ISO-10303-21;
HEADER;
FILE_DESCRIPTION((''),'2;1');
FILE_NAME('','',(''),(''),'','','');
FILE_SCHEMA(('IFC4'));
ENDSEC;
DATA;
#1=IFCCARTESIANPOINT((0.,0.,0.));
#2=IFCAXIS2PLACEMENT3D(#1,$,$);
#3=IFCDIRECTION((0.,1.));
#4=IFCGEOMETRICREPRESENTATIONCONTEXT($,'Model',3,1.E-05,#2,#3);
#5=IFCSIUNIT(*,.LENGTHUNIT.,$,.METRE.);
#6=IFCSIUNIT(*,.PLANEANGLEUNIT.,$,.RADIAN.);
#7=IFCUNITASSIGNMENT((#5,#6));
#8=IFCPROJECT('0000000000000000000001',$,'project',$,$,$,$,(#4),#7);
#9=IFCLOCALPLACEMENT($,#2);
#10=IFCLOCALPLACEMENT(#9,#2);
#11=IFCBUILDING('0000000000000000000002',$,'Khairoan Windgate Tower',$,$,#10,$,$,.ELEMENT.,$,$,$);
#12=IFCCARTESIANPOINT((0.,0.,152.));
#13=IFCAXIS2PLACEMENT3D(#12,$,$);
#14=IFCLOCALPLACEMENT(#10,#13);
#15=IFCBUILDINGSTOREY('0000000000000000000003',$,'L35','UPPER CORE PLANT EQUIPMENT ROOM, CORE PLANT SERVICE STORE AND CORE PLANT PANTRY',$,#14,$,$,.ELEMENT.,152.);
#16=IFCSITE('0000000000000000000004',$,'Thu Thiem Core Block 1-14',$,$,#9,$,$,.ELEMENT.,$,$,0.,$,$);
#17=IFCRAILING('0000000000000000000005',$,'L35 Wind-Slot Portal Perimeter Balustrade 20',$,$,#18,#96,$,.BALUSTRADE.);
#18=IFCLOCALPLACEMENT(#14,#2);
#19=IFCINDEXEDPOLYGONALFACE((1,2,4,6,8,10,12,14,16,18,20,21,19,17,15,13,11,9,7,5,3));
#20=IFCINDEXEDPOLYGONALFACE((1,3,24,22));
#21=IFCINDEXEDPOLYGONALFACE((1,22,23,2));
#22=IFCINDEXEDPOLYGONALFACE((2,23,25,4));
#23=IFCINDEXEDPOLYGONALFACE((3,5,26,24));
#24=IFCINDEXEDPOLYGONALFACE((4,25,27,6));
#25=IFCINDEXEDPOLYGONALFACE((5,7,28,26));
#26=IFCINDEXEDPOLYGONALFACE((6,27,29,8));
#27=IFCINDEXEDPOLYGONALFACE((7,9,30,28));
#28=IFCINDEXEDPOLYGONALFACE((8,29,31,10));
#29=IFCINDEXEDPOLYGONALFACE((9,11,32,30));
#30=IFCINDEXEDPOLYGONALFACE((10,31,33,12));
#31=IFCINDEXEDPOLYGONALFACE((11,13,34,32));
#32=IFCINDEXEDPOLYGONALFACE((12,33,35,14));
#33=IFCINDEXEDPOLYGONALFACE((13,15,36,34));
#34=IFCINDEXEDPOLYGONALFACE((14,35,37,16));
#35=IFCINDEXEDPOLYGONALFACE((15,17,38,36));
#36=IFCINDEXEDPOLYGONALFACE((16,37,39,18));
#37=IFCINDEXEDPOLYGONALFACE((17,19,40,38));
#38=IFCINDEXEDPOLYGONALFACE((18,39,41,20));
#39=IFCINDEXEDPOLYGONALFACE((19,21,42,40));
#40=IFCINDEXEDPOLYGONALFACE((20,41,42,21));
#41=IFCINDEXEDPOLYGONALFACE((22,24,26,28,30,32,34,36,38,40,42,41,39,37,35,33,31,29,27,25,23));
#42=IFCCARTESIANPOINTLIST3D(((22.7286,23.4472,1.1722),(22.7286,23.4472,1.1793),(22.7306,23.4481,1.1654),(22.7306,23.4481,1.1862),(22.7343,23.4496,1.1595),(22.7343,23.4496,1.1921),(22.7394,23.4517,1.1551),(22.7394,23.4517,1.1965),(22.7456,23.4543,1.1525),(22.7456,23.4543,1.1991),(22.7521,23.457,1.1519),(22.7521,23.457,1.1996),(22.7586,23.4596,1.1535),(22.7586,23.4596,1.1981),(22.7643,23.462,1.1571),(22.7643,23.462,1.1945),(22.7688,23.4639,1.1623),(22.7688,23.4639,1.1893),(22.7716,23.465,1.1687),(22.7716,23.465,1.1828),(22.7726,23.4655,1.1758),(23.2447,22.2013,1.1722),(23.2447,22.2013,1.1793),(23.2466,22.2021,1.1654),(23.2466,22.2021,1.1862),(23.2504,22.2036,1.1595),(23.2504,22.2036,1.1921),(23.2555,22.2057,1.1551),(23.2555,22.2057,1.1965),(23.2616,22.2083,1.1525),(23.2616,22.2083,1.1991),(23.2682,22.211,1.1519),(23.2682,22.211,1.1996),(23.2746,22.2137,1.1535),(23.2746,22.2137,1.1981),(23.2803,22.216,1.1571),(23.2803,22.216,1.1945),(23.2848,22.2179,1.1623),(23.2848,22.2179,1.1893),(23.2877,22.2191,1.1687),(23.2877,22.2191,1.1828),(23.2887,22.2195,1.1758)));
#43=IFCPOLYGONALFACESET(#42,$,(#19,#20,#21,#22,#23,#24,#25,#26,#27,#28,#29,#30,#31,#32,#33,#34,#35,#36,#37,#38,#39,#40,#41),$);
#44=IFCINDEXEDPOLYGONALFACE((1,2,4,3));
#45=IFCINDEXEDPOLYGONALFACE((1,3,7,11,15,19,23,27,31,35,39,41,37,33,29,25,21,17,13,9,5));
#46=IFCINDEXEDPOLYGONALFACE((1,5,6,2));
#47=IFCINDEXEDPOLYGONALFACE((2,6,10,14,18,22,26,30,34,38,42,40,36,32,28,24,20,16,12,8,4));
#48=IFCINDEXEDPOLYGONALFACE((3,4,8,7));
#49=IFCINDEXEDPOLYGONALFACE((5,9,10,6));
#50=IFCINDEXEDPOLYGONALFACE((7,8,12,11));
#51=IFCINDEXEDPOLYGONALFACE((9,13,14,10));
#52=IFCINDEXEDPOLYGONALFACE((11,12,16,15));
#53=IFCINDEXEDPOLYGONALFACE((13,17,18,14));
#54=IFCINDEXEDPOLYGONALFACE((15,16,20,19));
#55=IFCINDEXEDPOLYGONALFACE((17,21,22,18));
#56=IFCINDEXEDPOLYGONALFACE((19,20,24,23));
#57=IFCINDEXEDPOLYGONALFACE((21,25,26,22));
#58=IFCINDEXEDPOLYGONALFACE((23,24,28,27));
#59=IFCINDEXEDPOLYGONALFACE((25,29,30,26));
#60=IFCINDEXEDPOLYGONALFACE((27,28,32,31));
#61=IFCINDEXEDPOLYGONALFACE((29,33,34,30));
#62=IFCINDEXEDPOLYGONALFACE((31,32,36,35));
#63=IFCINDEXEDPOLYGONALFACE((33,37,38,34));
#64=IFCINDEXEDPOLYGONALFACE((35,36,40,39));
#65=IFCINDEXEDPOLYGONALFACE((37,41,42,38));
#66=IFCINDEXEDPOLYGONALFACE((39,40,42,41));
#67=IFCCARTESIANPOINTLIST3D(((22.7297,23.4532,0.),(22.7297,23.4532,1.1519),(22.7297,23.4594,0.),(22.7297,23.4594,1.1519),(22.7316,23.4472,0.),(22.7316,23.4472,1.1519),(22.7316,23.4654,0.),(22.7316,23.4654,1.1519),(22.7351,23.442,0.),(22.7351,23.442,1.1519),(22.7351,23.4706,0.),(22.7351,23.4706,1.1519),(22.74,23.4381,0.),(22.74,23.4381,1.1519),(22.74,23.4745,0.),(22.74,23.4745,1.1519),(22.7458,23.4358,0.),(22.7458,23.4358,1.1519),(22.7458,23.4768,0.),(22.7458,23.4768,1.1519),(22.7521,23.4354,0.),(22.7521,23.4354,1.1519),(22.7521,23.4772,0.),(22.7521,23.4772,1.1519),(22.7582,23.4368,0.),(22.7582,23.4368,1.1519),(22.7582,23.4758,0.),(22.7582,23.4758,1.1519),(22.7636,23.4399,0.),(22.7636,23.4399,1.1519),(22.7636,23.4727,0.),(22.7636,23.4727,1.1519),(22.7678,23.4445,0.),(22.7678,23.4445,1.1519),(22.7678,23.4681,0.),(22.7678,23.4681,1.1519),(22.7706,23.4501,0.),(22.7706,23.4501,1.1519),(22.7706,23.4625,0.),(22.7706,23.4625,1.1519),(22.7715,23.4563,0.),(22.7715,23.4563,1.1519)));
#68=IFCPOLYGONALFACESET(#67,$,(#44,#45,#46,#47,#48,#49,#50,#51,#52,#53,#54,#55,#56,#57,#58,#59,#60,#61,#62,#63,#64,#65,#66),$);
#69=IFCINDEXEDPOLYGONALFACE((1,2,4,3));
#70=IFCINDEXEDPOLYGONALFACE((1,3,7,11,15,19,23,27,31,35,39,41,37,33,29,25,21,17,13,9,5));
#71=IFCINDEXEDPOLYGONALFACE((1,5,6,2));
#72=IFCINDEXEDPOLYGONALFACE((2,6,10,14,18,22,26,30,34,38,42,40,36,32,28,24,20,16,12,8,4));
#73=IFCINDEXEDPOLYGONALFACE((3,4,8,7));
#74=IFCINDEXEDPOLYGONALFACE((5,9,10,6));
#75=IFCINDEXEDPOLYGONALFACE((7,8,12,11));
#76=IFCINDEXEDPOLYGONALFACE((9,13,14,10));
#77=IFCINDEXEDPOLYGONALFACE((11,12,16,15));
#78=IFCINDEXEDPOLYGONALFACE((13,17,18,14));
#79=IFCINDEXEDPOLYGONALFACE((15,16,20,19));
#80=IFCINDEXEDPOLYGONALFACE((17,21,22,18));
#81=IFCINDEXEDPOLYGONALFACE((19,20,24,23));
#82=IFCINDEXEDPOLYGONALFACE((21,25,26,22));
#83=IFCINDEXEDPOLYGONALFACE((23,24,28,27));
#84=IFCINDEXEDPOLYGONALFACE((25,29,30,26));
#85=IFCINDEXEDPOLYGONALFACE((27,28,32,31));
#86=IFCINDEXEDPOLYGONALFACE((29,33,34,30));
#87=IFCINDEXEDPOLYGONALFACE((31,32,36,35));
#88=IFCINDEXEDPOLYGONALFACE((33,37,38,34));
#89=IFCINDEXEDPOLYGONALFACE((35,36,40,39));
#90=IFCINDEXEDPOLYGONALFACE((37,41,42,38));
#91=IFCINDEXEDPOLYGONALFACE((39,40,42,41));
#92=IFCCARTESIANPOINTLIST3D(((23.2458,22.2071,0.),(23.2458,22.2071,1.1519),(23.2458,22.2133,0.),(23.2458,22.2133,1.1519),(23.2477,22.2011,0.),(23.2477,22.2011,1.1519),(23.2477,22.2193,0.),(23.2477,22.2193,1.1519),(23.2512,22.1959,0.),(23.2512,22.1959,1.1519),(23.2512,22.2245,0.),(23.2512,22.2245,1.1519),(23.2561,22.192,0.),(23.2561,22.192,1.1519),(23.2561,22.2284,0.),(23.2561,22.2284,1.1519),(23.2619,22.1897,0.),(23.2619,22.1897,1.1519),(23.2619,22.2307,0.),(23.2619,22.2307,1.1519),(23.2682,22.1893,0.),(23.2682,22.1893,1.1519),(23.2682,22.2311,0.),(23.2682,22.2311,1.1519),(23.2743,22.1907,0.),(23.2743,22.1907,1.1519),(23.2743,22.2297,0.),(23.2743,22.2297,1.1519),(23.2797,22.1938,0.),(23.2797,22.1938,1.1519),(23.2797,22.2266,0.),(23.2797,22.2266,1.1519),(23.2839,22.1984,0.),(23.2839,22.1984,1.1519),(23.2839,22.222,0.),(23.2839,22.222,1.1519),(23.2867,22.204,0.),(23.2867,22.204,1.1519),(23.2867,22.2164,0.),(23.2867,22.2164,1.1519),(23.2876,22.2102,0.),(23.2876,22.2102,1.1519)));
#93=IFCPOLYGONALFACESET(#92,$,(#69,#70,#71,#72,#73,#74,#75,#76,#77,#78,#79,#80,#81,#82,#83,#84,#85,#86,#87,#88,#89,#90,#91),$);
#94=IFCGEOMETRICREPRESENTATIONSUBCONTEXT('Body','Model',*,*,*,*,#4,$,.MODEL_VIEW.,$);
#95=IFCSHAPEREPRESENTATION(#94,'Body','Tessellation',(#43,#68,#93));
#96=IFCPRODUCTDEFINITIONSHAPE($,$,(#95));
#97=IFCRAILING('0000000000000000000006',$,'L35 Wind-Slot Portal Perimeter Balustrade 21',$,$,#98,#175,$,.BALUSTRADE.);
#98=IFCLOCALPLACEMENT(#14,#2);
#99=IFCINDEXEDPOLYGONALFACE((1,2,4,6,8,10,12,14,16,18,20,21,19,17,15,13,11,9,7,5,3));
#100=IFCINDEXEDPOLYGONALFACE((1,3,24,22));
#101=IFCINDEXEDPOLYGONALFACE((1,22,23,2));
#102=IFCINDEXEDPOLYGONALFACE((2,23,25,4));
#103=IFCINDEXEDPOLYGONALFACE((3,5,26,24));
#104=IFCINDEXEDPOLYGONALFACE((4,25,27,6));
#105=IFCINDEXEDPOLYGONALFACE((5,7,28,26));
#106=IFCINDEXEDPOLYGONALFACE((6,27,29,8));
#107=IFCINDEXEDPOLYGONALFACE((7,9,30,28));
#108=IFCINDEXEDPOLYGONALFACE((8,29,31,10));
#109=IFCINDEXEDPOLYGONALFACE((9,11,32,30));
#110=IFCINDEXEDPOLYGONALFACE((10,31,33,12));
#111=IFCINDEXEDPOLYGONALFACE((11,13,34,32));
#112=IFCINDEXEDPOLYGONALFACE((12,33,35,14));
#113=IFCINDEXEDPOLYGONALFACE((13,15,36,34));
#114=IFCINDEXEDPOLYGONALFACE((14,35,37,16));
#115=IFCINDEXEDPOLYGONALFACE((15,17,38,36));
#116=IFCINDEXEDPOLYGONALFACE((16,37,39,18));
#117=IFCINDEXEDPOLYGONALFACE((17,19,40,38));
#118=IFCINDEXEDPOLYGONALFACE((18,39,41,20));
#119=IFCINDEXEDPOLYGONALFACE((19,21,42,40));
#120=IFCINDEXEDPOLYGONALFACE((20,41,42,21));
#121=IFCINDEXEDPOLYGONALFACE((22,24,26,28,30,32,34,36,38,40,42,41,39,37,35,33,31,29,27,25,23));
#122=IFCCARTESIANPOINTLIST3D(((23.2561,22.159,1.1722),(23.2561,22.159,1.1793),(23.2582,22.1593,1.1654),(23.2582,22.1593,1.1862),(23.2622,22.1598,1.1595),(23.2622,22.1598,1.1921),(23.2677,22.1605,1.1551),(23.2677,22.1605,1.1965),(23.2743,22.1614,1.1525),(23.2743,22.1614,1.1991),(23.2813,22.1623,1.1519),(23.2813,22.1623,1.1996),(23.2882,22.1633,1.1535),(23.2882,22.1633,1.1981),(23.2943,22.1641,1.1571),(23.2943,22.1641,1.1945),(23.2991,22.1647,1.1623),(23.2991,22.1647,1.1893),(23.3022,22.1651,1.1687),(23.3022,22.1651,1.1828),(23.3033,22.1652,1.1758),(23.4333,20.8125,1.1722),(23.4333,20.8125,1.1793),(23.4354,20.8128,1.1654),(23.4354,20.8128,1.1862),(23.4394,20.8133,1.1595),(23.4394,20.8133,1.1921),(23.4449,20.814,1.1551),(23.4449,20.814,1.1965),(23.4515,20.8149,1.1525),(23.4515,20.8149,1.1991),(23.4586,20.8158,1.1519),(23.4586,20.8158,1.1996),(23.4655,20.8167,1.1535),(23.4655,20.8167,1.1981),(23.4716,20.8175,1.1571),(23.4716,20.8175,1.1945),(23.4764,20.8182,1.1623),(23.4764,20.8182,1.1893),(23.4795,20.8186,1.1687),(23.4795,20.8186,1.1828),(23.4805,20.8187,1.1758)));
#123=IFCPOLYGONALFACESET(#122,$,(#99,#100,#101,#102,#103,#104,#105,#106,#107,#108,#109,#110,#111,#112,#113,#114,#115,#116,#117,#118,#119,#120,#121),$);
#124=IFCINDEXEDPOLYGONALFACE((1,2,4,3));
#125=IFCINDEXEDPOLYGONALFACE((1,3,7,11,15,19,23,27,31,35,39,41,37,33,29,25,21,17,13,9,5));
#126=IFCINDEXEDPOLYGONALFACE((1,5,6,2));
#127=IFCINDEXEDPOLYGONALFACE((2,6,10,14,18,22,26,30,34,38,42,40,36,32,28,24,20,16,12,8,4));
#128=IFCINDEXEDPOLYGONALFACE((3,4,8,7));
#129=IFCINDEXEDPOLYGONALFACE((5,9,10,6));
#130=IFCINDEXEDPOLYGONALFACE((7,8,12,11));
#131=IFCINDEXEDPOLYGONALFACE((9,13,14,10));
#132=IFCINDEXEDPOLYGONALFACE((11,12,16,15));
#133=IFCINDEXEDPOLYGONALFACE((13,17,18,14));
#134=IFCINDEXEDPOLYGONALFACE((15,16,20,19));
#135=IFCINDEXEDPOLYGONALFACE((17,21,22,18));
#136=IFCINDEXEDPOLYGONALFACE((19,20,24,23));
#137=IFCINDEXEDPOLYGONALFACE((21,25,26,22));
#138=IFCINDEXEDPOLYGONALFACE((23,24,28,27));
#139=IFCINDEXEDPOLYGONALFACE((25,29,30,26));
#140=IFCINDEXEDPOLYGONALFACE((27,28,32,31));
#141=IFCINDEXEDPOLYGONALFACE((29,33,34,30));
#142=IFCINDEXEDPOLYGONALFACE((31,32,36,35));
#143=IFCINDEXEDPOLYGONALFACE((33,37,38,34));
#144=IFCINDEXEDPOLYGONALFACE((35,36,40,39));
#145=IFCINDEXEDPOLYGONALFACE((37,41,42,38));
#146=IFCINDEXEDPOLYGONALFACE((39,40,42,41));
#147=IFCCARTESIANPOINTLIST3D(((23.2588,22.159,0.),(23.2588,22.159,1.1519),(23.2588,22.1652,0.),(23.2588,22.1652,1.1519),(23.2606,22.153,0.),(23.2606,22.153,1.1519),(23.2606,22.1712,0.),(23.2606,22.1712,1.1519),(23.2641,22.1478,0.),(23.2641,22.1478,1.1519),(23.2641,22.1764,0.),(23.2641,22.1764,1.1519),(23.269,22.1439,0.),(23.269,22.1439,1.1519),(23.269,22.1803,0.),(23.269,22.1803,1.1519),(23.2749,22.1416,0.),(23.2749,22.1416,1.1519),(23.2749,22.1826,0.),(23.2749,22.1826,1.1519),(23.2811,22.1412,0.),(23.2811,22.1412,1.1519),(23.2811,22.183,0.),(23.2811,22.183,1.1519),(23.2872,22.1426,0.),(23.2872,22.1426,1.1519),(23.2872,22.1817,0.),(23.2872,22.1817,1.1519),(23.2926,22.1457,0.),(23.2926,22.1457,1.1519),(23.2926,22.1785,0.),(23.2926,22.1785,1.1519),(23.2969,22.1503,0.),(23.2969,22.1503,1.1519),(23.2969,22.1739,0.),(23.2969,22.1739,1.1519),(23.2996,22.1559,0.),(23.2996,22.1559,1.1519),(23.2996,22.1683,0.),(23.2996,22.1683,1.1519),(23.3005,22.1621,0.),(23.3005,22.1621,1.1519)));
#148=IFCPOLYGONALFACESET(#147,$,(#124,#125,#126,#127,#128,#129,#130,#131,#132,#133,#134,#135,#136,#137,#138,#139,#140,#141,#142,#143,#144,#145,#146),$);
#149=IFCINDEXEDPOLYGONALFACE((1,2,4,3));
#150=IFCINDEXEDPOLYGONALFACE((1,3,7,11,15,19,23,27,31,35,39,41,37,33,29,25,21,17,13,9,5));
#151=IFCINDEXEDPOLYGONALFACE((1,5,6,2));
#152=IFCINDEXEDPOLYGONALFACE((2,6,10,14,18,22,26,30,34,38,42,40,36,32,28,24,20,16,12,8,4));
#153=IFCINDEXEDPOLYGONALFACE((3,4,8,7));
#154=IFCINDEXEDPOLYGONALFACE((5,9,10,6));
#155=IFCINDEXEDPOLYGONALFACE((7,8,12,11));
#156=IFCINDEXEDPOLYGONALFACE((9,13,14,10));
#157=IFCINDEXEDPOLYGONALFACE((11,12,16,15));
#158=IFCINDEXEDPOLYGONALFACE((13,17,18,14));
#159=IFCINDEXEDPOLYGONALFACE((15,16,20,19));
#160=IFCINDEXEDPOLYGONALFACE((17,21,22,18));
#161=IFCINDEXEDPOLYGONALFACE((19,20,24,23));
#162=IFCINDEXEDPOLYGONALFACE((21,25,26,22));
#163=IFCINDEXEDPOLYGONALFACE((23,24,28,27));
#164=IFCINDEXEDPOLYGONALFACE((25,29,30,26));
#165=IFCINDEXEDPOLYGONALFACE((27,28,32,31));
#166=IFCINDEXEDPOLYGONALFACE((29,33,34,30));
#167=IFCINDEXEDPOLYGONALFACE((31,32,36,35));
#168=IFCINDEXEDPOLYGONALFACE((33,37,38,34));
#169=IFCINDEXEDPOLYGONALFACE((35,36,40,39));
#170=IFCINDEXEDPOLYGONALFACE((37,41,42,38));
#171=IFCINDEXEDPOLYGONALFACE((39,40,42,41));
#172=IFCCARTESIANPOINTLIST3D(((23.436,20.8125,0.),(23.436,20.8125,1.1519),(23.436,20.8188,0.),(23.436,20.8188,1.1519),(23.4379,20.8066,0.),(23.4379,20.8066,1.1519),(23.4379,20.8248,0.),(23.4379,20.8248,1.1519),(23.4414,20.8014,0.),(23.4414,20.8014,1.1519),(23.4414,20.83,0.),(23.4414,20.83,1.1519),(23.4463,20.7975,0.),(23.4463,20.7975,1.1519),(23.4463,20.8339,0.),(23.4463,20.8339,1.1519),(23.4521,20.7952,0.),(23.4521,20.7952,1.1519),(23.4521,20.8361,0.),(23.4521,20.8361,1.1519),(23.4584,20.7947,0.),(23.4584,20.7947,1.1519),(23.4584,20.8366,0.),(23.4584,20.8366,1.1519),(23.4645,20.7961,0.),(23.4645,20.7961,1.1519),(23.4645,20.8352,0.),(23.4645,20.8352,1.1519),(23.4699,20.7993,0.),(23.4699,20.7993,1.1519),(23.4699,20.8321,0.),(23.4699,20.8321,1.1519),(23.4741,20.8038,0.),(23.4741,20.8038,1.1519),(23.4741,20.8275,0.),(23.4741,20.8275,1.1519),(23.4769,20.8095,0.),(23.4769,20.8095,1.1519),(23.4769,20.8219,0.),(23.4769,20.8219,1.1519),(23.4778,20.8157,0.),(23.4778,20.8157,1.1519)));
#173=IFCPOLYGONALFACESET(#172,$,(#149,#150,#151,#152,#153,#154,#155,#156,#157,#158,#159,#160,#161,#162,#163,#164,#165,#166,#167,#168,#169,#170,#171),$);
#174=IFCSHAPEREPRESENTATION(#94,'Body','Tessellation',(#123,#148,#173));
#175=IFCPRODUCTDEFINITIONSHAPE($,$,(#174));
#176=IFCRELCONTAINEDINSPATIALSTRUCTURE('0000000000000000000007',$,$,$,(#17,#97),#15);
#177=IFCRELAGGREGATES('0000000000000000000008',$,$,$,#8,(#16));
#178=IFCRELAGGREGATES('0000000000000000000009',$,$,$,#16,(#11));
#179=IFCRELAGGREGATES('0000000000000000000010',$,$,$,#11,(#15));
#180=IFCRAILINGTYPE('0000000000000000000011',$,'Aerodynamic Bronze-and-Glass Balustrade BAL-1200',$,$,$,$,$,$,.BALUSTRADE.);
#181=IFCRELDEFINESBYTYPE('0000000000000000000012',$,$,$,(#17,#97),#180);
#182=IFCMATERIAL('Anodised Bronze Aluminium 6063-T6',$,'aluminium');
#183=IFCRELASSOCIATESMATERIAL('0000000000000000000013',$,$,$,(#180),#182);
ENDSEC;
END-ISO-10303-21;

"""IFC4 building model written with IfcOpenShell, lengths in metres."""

from ifc_helpers import new_model, si_unit, direction, frame, origin, origin_2d, place, context, subcontext, project, spatial, circle, extrude, material, type_object, element, save


model = new_model("IFC4")

# Units and contexts
model_context = context("Model", 3, precision=1e-05, world=origin(), true_north=direction((0.0, 1.0)))
body_context = subcontext(model_context, "Body", "Model", "MODEL_VIEW")
ifc_project = project(units=[si_unit("LENGTHUNIT", "METRE"), si_unit("PLANEANGLEUNIT", "RADIAN")], contexts=[model_context])

# Site, building, storey
site_placement = place(None, origin())
site = spatial("IfcSite", under=ifc_project, at=site_placement, Name="Thu Thiem Core Block 1-14", CompositionType="ELEMENT", RefElevation=0.0)
building_placement = place(site_placement, origin())
building = spatial("IfcBuilding", under=site, at=building_placement, Name="Khairoan Windgate Tower", CompositionType="ELEMENT")
storey_placement = place(building_placement, frame((0.0, 0.0, 152.0)))
storey = spatial("IfcBuildingStorey", under=building, at=storey_placement, Name="L35", Description="UPPER CORE PLANT EQUIPMENT ROOM, CORE PLANT SERVICE STORE AND CORE PLANT PANTRY", CompositionType="ELEMENT", Elevation=152.0)

# Railings
ifc_material_1 = material(Name="Anodised Bronze Aluminium 6063-T6", Category="aluminium")
railing_type = type_object("IfcRailingType", Name="Aerodynamic Bronze-and-Glass Balustrade BAL-1200", PredefinedType="BALUSTRADE", material=ifc_material_1)
railing_1_placement = place(storey_placement, frame((22.7505, 23.4563, 0.0)))
element("IfcRailing", 1, at=railing_1_placement, inside=storey, type_object=railing_type, Name="L35 Wind-Slot Portal Perimeter Balustrade 20", PredefinedType="BALUSTRADE", context=body_context, shape_type="SweptSolid", body=[
    extrude(circle(Radius=0.0239, at=origin_2d()), frame((0.0, 0.0, 1.1758), z_axis=(0.382661, -0.923889, 0.0), x_axis=(0.923889, 0.382661, 0.0)), (0.0, 0.0, 1.0), 1.3486),
    extrude(circle(Radius=0.021, at=origin_2d()), origin(), (0.0, 0.0, 1.0), 1.1519),
    extrude(circle(Radius=0.021, at=origin_2d()), frame((0.5161, -1.2461, 0.0)), (0.0, 0.0, 1.0), 1.1519),
])
railing_2_placement = place(storey_placement, frame((23.2795, 22.1621, 0.0)))
element("IfcRailing", 2, at=railing_2_placement, inside=storey, type_object=railing_type, Name="L35 Wind-Slot Portal Perimeter Balustrade 21", PredefinedType="BALUSTRADE", context=body_context, shape_type="SweptSolid", body=[
    extrude(circle(Radius=0.0239, at=origin_2d()), frame((0.0, 0.0, 1.1758), z_axis=(0.130515, -0.991446, 0.0), x_axis=(0.991446, 0.130515, 0.0)), (0.0, 0.0, 1.0), 1.3582),
    extrude(circle(Radius=0.021, at=origin_2d()), origin(), (0.0, 0.0, 1.0), 1.1519),
    extrude(circle(Radius=0.021, at=origin_2d()), frame((0.1772, -1.3464, 0.0)), (0.0, 0.0, 1.0), 1.1519),
])

save(model, "model.ifc")
